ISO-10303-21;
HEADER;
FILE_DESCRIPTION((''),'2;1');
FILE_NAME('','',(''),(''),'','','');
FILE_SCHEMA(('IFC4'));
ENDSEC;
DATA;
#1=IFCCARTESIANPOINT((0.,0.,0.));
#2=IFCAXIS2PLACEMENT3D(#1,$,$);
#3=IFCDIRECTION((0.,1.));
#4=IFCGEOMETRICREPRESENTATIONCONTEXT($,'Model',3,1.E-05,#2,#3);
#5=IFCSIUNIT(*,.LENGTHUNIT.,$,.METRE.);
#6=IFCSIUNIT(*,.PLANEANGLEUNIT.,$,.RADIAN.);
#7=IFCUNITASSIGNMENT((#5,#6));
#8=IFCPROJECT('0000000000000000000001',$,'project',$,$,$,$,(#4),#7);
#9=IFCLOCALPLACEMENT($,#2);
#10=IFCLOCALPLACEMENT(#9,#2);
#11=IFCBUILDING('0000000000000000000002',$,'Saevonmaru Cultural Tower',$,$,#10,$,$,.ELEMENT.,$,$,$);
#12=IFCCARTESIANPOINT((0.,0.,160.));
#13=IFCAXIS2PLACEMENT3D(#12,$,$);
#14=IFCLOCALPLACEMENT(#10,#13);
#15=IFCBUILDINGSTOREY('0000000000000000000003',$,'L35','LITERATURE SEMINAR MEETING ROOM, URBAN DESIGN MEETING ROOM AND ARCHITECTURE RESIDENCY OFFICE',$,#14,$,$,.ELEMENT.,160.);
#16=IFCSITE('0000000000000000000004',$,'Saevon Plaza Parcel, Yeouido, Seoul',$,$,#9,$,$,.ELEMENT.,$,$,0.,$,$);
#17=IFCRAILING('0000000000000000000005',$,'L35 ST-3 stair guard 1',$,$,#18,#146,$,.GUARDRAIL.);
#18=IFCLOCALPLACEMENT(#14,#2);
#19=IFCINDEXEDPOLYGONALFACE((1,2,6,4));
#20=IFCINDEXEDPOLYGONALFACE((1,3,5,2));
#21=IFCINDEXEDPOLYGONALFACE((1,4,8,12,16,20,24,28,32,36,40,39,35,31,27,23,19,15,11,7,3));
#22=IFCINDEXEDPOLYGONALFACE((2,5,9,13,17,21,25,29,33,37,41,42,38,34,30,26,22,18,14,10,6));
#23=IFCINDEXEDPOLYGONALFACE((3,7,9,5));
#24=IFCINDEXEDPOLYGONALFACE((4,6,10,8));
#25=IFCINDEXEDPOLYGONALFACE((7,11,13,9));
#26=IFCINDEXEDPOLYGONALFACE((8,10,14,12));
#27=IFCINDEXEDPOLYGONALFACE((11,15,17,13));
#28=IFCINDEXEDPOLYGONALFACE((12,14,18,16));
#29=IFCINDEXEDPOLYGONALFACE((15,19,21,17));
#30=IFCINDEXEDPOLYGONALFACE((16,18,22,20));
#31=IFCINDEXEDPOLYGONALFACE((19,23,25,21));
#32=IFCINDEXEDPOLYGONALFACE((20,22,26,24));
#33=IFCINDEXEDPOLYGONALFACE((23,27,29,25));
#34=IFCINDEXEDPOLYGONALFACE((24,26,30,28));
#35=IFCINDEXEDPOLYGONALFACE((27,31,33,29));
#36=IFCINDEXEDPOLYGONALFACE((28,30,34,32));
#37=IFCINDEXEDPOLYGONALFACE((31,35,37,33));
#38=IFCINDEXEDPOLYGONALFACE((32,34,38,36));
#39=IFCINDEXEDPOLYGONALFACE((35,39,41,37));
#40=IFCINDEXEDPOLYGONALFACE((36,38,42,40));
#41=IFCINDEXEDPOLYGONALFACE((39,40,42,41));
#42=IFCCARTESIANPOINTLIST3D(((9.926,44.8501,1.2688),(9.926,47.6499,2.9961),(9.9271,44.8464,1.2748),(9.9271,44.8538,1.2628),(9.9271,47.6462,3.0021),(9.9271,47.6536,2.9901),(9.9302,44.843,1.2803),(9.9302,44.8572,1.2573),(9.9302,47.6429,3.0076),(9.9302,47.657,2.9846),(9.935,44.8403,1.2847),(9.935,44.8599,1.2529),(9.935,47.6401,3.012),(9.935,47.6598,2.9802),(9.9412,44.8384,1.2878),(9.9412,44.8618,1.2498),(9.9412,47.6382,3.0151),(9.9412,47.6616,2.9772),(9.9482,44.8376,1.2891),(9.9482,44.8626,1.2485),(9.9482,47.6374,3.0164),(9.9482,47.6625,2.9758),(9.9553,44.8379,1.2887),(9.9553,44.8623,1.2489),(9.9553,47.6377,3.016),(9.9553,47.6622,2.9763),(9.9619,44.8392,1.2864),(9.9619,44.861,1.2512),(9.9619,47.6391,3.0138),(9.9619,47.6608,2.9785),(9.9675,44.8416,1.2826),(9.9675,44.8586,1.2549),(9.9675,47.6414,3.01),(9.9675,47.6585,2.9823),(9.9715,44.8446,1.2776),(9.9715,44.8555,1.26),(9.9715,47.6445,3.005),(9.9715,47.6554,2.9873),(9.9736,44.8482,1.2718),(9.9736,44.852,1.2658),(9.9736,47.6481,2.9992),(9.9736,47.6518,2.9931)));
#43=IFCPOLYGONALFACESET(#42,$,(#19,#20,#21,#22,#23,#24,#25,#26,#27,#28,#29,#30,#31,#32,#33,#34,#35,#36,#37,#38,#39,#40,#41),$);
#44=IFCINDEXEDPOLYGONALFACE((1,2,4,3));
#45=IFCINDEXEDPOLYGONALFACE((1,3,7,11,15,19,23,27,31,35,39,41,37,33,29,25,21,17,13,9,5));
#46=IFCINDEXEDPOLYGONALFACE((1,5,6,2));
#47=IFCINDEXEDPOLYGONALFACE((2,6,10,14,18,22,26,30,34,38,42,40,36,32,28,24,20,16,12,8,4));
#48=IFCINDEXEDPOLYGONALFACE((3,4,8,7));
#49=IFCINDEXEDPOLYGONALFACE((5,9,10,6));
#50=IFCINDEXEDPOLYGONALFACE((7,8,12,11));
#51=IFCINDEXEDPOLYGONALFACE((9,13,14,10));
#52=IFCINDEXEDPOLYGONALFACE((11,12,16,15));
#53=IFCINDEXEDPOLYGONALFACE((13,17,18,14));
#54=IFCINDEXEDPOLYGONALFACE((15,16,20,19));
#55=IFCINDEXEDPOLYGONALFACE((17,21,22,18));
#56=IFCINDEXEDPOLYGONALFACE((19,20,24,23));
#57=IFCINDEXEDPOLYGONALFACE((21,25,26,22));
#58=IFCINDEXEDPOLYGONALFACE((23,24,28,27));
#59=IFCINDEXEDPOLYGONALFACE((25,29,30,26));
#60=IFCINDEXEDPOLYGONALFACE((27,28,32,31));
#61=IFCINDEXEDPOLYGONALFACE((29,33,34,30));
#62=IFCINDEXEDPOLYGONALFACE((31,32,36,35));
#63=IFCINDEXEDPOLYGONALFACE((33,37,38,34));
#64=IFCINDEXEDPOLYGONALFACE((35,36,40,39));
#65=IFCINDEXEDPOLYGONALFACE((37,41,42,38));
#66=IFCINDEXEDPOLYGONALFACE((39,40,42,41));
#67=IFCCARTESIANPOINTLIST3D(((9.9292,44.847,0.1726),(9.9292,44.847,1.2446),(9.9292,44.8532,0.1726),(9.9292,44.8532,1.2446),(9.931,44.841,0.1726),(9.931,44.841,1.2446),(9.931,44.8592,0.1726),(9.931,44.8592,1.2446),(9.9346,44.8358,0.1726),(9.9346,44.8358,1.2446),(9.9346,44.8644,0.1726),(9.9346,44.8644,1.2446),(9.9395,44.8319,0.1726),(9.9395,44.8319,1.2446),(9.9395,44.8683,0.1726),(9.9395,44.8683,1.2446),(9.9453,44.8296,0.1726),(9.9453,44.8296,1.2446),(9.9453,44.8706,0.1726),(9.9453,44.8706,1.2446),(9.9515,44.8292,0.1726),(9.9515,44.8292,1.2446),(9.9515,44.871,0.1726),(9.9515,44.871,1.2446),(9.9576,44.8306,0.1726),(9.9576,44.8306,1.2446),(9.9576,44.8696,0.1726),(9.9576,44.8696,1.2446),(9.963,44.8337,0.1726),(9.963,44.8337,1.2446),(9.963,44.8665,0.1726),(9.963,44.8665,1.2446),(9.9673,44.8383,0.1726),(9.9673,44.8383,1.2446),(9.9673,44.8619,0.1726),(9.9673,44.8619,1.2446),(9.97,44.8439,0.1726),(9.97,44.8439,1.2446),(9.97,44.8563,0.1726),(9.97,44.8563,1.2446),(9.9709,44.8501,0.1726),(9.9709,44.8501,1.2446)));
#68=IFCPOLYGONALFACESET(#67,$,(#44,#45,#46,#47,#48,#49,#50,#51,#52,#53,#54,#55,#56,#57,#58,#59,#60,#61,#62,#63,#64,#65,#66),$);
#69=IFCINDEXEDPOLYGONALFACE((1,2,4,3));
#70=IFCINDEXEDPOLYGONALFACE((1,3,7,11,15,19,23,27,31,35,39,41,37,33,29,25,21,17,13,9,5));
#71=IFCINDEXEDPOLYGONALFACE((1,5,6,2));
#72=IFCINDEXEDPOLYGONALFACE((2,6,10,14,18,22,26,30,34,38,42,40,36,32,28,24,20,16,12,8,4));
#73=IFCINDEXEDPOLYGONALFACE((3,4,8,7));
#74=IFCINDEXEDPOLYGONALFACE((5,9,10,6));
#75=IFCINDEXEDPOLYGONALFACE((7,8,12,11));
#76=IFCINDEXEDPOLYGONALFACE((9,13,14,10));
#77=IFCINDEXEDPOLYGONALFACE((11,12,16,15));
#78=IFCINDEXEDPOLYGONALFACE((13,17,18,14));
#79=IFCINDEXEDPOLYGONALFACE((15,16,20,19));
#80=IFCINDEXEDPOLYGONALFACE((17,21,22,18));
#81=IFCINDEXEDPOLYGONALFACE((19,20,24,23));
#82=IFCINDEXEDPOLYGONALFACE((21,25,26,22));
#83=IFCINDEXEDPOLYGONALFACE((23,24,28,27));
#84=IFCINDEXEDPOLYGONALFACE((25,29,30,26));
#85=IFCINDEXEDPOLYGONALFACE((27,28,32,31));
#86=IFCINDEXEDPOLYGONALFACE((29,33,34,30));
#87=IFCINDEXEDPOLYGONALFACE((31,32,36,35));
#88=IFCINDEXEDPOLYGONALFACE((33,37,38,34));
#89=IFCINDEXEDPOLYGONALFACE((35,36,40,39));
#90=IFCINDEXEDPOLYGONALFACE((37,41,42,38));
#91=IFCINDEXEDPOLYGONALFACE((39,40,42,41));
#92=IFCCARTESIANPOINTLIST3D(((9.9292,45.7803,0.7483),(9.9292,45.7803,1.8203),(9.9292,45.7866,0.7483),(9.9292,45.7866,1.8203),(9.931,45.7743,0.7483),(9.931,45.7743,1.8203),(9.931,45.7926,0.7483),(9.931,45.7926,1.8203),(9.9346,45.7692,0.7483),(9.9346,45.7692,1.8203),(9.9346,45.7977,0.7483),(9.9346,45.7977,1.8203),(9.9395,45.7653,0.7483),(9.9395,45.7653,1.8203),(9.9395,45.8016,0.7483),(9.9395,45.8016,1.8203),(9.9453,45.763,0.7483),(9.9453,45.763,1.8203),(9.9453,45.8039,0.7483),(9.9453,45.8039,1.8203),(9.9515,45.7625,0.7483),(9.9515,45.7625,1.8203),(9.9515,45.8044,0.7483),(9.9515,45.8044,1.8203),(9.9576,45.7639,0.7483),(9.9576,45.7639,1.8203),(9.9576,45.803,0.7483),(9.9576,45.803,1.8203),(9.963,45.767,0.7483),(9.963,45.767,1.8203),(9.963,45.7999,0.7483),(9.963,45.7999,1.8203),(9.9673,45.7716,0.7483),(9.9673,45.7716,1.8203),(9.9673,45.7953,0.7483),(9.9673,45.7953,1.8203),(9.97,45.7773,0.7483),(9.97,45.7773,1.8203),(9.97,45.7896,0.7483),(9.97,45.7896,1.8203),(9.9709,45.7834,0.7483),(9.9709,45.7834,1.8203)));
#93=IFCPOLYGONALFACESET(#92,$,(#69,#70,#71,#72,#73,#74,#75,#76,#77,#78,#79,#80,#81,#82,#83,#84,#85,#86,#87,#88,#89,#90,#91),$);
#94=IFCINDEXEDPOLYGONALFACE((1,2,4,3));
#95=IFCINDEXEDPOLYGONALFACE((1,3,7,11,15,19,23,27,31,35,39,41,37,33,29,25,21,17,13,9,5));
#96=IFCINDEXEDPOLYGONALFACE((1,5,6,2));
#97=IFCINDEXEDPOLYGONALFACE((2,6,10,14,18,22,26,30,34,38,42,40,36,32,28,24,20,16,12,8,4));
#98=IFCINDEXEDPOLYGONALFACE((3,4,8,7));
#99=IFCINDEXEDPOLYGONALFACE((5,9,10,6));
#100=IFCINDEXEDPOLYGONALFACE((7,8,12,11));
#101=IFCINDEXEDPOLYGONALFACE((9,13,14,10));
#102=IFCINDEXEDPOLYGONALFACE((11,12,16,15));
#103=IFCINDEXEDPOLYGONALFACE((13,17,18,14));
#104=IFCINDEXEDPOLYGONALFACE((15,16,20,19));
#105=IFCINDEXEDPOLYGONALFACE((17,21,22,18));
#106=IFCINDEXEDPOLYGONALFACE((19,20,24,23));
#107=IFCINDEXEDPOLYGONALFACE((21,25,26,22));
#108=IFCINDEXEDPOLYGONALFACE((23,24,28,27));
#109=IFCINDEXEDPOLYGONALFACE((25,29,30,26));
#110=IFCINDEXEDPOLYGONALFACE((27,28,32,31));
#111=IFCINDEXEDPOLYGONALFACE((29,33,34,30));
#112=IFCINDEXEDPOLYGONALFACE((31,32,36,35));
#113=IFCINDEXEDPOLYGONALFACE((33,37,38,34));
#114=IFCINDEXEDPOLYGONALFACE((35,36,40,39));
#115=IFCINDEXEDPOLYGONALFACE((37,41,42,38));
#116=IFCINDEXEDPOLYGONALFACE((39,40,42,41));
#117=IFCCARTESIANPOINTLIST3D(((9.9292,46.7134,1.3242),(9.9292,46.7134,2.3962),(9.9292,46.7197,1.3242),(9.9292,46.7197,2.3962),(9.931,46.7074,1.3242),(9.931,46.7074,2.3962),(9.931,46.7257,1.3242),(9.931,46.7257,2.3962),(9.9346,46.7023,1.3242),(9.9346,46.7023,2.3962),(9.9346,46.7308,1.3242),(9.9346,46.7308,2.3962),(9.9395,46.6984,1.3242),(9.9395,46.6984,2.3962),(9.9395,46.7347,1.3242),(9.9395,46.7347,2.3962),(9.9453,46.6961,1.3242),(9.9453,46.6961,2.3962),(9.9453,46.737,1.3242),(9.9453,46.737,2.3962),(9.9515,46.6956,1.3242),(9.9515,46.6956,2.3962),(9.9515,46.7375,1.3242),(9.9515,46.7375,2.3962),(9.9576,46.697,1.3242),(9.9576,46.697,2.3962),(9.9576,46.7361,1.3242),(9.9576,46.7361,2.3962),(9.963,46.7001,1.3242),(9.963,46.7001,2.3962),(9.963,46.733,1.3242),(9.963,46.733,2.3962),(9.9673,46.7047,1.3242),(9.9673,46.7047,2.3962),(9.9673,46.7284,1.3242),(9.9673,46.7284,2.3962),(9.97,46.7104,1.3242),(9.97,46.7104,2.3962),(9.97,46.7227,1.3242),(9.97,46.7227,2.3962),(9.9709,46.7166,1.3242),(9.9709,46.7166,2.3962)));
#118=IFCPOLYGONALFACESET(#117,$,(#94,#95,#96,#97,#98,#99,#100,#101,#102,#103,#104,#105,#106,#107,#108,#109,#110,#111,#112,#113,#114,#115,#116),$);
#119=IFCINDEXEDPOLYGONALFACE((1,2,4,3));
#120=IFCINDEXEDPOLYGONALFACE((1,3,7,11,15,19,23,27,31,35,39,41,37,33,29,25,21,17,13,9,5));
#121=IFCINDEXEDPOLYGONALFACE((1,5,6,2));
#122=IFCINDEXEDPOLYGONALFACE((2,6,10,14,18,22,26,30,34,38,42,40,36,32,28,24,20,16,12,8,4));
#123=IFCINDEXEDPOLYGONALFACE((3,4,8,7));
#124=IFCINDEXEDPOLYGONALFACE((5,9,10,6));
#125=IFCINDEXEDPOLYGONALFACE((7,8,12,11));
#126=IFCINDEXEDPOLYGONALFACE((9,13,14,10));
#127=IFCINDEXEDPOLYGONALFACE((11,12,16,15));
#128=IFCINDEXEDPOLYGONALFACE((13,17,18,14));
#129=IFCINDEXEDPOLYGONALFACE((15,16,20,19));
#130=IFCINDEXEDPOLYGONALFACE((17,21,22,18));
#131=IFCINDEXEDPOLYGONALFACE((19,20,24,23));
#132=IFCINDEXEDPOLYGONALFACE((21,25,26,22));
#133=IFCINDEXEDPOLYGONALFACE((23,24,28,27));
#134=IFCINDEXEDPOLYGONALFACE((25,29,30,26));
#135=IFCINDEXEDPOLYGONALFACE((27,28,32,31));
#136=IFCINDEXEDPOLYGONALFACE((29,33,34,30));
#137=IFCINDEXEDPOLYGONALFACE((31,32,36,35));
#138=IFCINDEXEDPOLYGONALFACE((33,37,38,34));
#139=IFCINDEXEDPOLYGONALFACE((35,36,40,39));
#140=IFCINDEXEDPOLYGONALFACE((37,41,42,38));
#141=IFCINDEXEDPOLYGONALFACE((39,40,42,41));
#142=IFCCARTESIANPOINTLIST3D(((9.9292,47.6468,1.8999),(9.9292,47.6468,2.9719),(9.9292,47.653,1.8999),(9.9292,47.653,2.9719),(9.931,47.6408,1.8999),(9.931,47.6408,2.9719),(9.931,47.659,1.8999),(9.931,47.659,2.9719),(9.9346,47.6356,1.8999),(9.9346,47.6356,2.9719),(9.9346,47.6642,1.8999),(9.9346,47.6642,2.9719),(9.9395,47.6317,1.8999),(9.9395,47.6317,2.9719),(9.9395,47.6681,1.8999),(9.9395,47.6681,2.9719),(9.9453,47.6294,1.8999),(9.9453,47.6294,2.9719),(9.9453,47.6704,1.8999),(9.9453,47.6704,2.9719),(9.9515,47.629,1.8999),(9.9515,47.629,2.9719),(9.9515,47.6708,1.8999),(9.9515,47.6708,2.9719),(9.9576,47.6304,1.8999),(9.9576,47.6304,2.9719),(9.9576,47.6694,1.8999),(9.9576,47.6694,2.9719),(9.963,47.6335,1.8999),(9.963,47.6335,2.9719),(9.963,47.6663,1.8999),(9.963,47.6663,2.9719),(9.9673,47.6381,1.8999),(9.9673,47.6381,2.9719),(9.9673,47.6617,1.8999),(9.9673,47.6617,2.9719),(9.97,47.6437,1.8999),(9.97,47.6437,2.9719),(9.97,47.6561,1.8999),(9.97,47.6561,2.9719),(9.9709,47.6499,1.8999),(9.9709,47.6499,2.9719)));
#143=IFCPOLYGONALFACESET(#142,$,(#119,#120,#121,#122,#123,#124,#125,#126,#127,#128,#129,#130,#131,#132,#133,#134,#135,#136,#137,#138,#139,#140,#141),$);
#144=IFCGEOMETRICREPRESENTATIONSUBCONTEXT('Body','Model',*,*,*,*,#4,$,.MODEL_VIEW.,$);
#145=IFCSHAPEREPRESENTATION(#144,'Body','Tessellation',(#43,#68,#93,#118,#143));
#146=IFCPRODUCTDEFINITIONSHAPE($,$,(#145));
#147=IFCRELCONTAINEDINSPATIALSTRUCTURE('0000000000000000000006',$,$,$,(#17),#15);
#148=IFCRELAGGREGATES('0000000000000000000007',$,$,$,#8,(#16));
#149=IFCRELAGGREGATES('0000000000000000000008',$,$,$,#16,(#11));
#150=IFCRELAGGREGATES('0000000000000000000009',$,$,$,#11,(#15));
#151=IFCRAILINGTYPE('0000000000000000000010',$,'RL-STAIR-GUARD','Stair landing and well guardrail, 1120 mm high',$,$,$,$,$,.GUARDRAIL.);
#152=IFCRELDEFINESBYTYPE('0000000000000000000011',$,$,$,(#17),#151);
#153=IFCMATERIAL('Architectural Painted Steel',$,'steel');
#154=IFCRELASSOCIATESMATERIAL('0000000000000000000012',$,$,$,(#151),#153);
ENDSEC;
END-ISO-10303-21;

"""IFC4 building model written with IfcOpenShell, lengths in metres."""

from ifc_helpers import new_model, si_unit, direction, frame, origin, origin_2d, place, context, subcontext, project, spatial, circle, extrude, material, type_object, element, save


model = new_model("IFC4")

# Units and contexts
model_context = context("Model", 3, precision=1e-05, world=origin(), true_north=direction((0.0, 1.0)))
body_context = subcontext(model_context, "Body", "Model", "MODEL_VIEW")
ifc_project = project(units=[si_unit("LENGTHUNIT", "METRE"), si_unit("PLANEANGLEUNIT", "RADIAN")], contexts=[model_context])

# Site, building, storey
site_placement = place(None, origin())
site = spatial("IfcSite", under=ifc_project, at=site_placement, Name="Saevon Plaza Parcel, Yeouido, Seoul", CompositionType="ELEMENT", RefElevation=0.0)
building_placement = place(site_placement, origin())
building = spatial("IfcBuilding", under=site, at=building_placement, Name="Saevonmaru Cultural Tower", CompositionType="ELEMENT")
storey_placement = place(building_placement, frame((0.0, 0.0, 160.0)))
storey = spatial("IfcBuildingStorey", under=building, at=storey_placement, Name="L35", Description="LITERATURE SEMINAR MEETING ROOM, URBAN DESIGN MEETING ROOM AND ARCHITECTURE RESIDENCY OFFICE", CompositionType="ELEMENT", Elevation=160.0)

# Railing
ifc_material_1 = material(Name="Architectural Painted Steel", Category="steel")
railing_type_1 = type_object("IfcRailingType", Name="RL-STAIR-GUARD", Description="Stair landing and well guardrail, 1120 mm high", PredefinedType="GUARDRAIL", material=ifc_material_1)
railing_1_placement = place(storey_placement, frame((9.95, 44.8501, 0.1726)))
element("IfcRailing", 1, at=railing_1_placement, inside=storey, type_object=railing_type_1, Name="L35 ST-3 stair guard 1", PredefinedType="GUARDRAIL", context=body_context, shape_type="SweptSolid", body=[
    extrude(circle(Radius=0.0239, at=origin_2d()), frame((0.0, 0.0, 1.0962), z_axis=(0.0, 0.851069, 0.525054), x_axis=(-1.0, 0.0, 0.0)), (0.0, 0.0, 1.0), 3.2898),
    extrude(circle(Radius=0.021, at=origin_2d()), origin(), (0.0, 0.0, 1.0), 1.072),
    extrude(circle(Radius=0.021, at=origin_2d()), frame((0.0, 0.9333, 0.5757)), (0.0, 0.0, 1.0), 1.072),
    extrude(circle(Radius=0.021, at=origin_2d()), frame((0.0, 1.8665, 1.1516)), (0.0, 0.0, 1.0), 1.072),
    extrude(circle(Radius=0.021, at=origin_2d()), frame((0.0, 2.7998, 1.7273)), (0.0, 0.0, 1.0), 1.072),
])

save(model, "model.ifc")
